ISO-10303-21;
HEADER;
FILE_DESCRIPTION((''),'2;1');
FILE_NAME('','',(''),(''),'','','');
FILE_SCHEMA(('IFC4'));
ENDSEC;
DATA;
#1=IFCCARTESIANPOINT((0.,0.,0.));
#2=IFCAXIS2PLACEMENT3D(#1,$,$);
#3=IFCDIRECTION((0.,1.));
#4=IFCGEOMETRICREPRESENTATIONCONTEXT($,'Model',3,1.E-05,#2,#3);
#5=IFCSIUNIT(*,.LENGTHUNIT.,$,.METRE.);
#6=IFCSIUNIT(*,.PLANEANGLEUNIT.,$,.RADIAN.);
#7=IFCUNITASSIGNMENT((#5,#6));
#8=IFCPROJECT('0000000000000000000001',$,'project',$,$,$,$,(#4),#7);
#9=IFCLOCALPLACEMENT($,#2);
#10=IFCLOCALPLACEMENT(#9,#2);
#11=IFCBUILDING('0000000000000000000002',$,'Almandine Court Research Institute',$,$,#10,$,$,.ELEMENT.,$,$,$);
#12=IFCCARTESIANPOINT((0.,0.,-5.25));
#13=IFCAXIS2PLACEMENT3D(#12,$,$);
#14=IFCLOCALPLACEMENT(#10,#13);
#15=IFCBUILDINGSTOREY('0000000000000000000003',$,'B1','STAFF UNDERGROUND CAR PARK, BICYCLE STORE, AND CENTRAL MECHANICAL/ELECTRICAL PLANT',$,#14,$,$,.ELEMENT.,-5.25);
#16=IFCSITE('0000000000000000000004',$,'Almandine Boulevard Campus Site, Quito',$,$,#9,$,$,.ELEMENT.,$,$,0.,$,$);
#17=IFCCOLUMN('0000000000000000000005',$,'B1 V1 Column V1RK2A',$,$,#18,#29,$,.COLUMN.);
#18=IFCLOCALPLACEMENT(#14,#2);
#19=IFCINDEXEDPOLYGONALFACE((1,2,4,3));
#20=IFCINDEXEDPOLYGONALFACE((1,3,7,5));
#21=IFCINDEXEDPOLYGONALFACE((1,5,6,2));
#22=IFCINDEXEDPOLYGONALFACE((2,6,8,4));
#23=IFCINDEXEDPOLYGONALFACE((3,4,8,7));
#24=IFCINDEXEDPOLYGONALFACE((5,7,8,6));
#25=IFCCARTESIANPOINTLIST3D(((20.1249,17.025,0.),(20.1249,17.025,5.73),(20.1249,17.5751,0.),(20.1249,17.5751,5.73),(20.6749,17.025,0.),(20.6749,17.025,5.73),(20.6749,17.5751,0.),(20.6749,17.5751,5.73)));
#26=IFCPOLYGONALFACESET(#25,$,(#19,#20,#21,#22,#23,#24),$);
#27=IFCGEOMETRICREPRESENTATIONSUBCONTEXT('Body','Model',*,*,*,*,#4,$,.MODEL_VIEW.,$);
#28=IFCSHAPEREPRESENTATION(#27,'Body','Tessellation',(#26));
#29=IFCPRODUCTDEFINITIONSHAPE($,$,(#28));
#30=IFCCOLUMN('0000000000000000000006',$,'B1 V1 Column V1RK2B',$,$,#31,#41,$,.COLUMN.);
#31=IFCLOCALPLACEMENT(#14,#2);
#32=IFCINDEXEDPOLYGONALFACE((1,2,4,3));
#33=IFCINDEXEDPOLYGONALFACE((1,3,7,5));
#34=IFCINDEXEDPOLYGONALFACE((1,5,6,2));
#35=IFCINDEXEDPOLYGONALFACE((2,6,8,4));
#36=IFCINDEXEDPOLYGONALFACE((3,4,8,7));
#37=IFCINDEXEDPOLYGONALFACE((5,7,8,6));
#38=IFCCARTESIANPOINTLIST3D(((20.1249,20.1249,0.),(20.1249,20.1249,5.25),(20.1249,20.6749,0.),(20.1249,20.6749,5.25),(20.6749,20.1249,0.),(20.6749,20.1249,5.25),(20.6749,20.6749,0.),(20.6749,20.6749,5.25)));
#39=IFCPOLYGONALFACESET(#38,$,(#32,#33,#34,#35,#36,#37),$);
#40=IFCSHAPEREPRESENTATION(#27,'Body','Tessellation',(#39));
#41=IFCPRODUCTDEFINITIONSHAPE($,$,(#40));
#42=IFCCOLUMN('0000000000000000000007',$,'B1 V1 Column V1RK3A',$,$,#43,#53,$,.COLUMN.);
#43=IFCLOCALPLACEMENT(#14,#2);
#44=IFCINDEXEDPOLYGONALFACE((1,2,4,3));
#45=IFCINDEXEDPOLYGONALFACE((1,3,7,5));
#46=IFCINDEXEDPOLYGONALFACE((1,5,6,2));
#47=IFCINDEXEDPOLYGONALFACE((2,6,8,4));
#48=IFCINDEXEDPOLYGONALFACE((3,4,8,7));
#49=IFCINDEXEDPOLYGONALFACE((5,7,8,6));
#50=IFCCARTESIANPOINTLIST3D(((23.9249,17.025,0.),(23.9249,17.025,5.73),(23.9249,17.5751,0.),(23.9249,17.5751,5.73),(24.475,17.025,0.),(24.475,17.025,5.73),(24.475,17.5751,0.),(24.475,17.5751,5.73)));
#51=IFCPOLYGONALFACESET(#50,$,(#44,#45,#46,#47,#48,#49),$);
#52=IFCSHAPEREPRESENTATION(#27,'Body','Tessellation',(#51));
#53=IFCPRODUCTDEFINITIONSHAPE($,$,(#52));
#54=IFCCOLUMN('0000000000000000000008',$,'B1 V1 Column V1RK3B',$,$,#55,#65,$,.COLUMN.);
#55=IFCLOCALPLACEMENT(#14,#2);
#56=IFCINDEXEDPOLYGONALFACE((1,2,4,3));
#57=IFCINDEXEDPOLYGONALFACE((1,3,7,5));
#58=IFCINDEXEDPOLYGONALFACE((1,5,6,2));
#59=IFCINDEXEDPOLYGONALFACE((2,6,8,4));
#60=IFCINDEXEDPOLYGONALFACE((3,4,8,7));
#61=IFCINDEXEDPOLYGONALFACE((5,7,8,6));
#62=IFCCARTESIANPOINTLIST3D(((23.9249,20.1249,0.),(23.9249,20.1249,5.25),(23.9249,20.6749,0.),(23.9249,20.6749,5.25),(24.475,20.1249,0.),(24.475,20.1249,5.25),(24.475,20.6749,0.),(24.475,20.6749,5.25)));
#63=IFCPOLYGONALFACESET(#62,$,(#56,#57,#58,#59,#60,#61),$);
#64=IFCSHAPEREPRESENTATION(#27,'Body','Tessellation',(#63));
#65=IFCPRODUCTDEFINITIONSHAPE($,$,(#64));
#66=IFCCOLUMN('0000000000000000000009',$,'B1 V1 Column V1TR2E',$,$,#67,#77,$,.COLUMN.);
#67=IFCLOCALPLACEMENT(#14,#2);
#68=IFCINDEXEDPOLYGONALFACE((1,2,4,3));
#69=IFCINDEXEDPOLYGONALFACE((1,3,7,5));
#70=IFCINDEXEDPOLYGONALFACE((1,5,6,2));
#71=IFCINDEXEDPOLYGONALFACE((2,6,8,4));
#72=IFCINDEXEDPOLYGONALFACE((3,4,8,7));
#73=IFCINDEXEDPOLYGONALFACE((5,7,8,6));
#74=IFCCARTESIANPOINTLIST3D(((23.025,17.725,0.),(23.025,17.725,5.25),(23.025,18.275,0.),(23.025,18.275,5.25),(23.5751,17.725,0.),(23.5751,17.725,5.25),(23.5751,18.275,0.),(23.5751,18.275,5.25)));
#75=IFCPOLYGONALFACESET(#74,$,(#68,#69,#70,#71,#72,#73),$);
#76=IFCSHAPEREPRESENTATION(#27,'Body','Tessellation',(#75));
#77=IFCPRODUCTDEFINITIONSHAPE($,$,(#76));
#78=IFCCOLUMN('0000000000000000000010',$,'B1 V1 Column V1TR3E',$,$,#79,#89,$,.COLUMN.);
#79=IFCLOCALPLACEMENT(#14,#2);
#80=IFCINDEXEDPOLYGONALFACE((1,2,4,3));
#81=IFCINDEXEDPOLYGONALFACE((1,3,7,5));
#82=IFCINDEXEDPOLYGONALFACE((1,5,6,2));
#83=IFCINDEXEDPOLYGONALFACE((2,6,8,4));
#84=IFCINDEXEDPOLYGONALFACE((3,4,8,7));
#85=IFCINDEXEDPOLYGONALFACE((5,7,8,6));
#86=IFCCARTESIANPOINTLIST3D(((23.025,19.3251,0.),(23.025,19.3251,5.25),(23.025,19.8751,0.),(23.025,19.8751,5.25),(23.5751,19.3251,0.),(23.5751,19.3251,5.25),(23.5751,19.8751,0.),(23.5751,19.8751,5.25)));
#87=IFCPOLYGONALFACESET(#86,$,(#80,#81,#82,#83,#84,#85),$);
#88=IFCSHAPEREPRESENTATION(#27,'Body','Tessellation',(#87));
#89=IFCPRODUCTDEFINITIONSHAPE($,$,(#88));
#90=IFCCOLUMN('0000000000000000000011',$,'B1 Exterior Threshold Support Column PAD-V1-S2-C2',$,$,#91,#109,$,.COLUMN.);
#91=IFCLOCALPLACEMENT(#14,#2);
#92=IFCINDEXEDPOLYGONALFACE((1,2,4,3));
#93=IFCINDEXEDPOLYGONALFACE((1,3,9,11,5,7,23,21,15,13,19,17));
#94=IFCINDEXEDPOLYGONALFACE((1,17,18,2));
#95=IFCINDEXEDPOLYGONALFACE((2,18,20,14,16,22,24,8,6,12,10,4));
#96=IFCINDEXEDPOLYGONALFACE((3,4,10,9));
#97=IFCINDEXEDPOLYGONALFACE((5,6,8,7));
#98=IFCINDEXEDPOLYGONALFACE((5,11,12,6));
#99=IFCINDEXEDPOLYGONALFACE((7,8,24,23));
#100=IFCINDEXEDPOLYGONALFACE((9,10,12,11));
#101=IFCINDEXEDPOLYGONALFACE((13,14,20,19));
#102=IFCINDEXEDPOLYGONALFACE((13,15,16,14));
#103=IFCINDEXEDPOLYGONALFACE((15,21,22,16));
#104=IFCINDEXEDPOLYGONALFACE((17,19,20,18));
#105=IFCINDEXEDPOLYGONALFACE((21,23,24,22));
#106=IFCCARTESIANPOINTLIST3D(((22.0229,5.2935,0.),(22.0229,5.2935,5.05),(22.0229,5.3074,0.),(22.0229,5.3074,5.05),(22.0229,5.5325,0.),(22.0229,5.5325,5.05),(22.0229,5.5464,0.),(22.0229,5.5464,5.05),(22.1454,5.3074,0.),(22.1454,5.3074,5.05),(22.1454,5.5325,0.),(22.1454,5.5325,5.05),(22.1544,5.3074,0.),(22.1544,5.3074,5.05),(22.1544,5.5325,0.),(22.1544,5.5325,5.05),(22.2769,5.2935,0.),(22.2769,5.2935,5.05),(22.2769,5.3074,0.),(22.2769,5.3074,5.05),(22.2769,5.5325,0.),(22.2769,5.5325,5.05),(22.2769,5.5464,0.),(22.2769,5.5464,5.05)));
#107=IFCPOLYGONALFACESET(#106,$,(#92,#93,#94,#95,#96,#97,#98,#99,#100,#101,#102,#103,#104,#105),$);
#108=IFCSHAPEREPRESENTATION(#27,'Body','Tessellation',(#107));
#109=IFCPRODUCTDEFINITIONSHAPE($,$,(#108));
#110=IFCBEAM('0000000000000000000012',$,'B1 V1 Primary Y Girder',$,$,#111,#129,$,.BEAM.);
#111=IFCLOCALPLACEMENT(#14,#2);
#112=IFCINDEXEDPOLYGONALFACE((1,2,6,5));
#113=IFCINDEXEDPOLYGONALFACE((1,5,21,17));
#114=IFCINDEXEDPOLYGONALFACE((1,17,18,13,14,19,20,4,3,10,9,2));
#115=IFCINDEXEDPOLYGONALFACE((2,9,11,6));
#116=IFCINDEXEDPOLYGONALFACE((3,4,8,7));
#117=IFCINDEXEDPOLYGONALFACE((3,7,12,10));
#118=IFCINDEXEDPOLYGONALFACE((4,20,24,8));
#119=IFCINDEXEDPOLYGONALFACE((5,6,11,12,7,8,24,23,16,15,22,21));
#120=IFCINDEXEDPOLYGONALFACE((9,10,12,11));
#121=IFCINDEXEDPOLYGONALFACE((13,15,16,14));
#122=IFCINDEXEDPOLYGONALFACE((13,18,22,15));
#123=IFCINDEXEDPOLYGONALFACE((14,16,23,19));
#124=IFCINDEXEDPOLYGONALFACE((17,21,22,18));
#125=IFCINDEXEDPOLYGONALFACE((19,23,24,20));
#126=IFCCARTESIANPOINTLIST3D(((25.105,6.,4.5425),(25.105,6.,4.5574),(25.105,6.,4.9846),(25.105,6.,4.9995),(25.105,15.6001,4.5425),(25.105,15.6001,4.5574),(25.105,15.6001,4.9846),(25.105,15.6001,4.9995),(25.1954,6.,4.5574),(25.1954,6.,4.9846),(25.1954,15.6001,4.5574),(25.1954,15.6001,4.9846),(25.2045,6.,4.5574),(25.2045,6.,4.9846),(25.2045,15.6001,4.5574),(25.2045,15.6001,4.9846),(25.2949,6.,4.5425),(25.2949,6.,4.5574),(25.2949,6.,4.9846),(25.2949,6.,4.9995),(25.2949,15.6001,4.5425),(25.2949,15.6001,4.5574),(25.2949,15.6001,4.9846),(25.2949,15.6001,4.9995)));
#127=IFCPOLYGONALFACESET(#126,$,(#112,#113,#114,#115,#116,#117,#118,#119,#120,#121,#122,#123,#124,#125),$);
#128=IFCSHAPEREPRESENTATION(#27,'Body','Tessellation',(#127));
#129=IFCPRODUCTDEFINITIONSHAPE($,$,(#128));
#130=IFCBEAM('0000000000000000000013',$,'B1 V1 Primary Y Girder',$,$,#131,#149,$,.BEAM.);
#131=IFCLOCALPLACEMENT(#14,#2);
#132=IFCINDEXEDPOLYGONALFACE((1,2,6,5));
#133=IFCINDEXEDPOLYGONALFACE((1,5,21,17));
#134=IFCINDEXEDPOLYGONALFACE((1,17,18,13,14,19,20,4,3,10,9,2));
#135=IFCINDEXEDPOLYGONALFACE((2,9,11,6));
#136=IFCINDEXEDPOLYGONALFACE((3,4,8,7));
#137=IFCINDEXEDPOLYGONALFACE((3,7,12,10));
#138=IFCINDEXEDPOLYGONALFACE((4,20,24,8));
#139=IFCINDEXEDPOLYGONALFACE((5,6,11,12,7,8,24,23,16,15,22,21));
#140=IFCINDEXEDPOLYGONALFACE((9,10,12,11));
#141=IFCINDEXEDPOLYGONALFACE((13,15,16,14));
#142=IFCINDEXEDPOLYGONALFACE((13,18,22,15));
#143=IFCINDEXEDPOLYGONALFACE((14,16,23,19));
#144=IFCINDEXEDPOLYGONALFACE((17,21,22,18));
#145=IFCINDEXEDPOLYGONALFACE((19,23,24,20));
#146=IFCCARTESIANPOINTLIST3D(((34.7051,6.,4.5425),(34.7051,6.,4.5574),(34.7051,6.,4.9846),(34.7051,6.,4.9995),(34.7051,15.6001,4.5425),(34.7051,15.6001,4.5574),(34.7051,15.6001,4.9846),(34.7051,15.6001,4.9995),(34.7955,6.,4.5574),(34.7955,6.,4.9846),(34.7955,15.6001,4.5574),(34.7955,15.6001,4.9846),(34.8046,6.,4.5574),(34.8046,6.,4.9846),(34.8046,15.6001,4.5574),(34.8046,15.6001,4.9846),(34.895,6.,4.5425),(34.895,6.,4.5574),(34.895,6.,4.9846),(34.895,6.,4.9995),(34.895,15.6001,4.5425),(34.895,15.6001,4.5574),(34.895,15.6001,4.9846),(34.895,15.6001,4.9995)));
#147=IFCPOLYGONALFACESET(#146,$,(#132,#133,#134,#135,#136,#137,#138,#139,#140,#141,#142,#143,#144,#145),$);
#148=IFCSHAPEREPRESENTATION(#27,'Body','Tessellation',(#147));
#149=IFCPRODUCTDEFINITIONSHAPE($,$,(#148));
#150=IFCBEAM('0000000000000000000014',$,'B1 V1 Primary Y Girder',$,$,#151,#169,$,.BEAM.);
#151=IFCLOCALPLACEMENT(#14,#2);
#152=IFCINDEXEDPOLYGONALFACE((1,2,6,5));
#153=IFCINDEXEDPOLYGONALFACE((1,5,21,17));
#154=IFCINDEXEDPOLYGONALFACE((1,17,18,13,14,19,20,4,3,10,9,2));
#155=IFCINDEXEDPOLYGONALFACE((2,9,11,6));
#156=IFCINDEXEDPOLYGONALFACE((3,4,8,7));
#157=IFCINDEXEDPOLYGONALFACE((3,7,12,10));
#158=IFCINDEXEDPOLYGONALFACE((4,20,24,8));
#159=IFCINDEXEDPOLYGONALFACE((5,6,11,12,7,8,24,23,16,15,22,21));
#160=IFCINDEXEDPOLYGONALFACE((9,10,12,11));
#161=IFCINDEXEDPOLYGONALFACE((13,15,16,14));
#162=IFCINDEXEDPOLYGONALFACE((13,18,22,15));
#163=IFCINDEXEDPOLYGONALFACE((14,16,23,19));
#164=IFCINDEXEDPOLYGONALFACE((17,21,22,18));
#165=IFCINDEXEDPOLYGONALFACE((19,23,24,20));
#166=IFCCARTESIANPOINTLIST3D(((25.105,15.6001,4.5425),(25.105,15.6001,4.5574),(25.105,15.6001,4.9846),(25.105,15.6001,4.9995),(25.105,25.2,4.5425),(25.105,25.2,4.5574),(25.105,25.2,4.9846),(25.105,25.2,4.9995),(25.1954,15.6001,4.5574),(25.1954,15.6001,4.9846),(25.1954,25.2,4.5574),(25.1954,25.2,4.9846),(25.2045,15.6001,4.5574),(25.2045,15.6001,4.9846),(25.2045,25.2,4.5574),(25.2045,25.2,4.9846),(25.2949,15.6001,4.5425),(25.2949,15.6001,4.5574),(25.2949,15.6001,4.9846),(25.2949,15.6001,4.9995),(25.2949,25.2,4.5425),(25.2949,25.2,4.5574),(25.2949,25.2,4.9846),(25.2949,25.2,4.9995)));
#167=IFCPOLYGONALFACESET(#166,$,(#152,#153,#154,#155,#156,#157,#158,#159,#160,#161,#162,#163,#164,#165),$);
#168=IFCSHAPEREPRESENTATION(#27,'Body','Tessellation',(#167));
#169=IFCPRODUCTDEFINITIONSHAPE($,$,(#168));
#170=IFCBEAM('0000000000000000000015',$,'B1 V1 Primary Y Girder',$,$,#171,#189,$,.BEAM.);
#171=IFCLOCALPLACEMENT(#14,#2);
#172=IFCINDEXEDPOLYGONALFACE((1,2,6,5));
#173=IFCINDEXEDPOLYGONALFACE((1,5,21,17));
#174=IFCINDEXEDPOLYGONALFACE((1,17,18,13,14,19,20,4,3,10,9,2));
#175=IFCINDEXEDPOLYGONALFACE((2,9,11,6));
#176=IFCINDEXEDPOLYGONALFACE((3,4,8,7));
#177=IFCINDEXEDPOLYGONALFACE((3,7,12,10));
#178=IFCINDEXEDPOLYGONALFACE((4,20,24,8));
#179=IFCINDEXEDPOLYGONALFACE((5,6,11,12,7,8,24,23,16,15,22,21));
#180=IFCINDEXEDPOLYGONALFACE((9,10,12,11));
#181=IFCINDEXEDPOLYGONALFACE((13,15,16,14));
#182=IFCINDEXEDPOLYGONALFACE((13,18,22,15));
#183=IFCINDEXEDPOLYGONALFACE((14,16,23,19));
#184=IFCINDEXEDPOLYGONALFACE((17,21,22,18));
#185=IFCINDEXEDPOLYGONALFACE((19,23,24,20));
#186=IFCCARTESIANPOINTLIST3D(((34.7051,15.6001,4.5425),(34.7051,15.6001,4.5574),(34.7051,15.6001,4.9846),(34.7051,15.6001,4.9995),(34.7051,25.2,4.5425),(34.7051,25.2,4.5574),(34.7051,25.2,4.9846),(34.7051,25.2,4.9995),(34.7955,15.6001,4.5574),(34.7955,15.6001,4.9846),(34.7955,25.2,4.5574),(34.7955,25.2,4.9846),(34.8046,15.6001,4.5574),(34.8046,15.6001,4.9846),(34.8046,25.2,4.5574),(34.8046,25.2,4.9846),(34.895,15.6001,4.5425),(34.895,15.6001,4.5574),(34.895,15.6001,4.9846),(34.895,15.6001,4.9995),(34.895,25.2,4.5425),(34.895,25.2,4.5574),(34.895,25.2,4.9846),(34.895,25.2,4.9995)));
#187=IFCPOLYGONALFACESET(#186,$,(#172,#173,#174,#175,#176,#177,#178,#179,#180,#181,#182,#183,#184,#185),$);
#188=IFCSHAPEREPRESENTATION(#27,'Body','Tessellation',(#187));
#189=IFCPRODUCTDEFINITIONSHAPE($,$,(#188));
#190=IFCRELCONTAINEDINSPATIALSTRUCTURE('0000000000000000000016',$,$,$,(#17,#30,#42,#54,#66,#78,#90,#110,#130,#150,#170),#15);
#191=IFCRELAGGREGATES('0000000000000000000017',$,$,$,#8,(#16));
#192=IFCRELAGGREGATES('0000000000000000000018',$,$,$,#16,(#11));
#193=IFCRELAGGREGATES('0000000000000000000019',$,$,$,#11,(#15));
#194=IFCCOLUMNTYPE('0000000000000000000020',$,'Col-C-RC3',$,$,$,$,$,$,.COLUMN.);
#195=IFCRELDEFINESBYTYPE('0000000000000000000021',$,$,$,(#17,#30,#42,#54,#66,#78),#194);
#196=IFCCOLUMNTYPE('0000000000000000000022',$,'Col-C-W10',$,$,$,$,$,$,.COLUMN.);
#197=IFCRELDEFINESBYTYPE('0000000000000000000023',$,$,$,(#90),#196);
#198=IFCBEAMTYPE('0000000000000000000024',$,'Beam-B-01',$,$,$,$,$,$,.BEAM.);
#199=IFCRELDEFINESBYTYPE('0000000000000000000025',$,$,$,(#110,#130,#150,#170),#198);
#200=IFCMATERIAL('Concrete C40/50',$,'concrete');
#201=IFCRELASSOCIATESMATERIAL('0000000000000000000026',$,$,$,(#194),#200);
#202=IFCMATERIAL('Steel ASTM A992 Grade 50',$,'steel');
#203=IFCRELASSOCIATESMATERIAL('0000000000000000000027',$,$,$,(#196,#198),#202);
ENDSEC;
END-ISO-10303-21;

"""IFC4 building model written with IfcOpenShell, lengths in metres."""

from ifc_helpers import new_model, si_unit, direction, frame, origin, origin_2d, place, context, subcontext, project, spatial, rectangle, i_section, extrude, material, material_profile, profile_set, type_object, element, save


model = new_model("IFC4")

# Units and contexts
model_context = context("Model", 3, precision=1e-05, world=origin(), true_north=direction((0.0, 1.0)))
body_context = subcontext(model_context, "Body", "Model", "MODEL_VIEW")
ifc_project = project(units=[si_unit("LENGTHUNIT", "METRE"), si_unit("PLANEANGLEUNIT", "RADIAN")], contexts=[model_context])

# Site, building, storey
site_placement = place(None, origin())
site = spatial("IfcSite", under=ifc_project, at=site_placement, Name="Almandine Boulevard Campus Site, Quito", CompositionType="ELEMENT", RefElevation=0.0)
building_placement = place(site_placement, origin())
building = spatial("IfcBuilding", under=site, at=building_placement, Name="Almandine Court Research Institute", CompositionType="ELEMENT")
storey_placement = place(building_placement, frame((0.0, 0.0, -5.25)))
storey = spatial("IfcBuildingStorey", under=building, at=storey_placement, Name="B1", Description="STAFF UNDERGROUND CAR PARK, BICYCLE STORE, AND CENTRAL MECHANICAL/ELECTRICAL PLANT", CompositionType="ELEMENT", Elevation=-5.25)

# Columns
ifc_material_1 = material(Name="Concrete C40/50", Category="concrete")
ifc_material_profile_1 = material_profile(ifc_material_1, rectangle(XDim=0.55, YDim=0.55, at=origin_2d()), Name="RC 550x550")
ifc_profile_set_1 = profile_set([ifc_material_profile_1], Name="Concrete C40/50")
column_type_1 = type_object("IfcColumnType", Name="Col-C-RC3", PredefinedType="COLUMN", material=ifc_profile_set_1)
column_1_placement = place(storey_placement, frame((20.3999, 17.3, 0.0), z_axis=(0.0, 0.0, 1.0), x_axis=(1.0, 0.0, 0.0)))
element("IfcColumn", 1, at=column_1_placement, inside=storey, type_object=column_type_1, Name="B1 V1 Column V1RK2A", PredefinedType="COLUMN", context=body_context, shape_type="SweptSolid", body=[
    extrude(rectangle(XDim=0.55, YDim=0.55, at=origin_2d()), origin(), (0.0, 0.0, 1.0), 5.73),
])
column_2_placement = place(storey_placement, frame((20.3999, 20.3999, 0.0), z_axis=(0.0, 0.0, 1.0), x_axis=(1.0, 0.0, 0.0)))
element("IfcColumn", 2, at=column_2_placement, inside=storey, type_object=column_type_1, Name="B1 V1 Column V1RK2B", PredefinedType="COLUMN", context=body_context, shape_type="SweptSolid", body=[
    extrude(rectangle(XDim=0.55, YDim=0.55, at=origin_2d()), origin(), (0.0, 0.0, 1.0), 5.25),
])
column_3_placement = place(storey_placement, frame((24.2, 17.3, 0.0), z_axis=(0.0, 0.0, 1.0), x_axis=(1.0, 0.0, 0.0)))
element("IfcColumn", 3, at=column_3_placement, inside=storey, type_object=column_type_1, Name="B1 V1 Column V1RK3A", PredefinedType="COLUMN", context=body_context, shape_type="SweptSolid", body=[
    extrude(rectangle(XDim=0.55, YDim=0.55, at=origin_2d()), origin(), (0.0, 0.0, 1.0), 5.73),
])
for number, where, z_axis, x_axis, name in (
    (4, (24.2, 20.3999, 0.0), (0.0, 0.0, 1.0), (1.0, 0.0, 0.0), "B1 V1 Column V1RK3B"),
    (5, (23.3, 18.0, 0.0), (0.0, 0.0, 1.0), (1.0, 0.0, 0.0), "B1 V1 Column V1TR2E"),
    (6, (23.3, 19.6001, 0.0), (0.0, 0.0, 1.0), (1.0, 0.0, 0.0), "B1 V1 Column V1TR3E"),
):
    element("IfcColumn", number, at=place(storey_placement, frame(where, z_axis=z_axis, x_axis=x_axis)), inside=storey, type_object=column_type_1, Name=name, PredefinedType="COLUMN", context=body_context, shape_type="SweptSolid", body=[
        extrude(rectangle(XDim=0.55, YDim=0.55, at=origin_2d()), origin(), (0.0, 0.0, 1.0), 5.25),
    ])
ifc_material_2 = material(Name="Steel ASTM A992 Grade 50", Category="steel")
ifc_material_profile_2 = material_profile(ifc_material_2, i_section(OverallWidth=0.2539, OverallDepth=0.2529, WebThickness=0.009, FlangeThickness=0.0139, at=origin_2d()), Name="W250x73")
ifc_profile_set_2 = profile_set([ifc_material_profile_2], Name="Steel ASTM A992 Grade 50")
column_type_2 = type_object("IfcColumnType", Name="Col-C-W10", PredefinedType="COLUMN", material=ifc_profile_set_2)
column_4_placement = place(storey_placement, frame((22.1499, 5.4199, 0.0), z_axis=(0.0, 0.0, 1.0), x_axis=(1.0, 0.0, 0.0)))
element("IfcColumn", 7, at=column_4_placement, inside=storey, type_object=column_type_2, Name="B1 Exterior Threshold Support Column PAD-V1-S2-C2", PredefinedType="COLUMN", context=body_context, shape_type="SweptSolid", body=[
    extrude(i_section(OverallWidth=0.2539, OverallDepth=0.2529, WebThickness=0.009, FlangeThickness=0.0139, at=origin_2d()), origin(), (0.0, 0.0, 1.0), 5.05),
])

# Beams
ifc_material_profile_3 = material_profile(ifc_material_2, i_section(OverallWidth=0.1899, OverallDepth=0.457, WebThickness=0.009, FlangeThickness=0.0149, at=origin_2d()), Name="W460x74")
ifc_profile_set_3 = profile_set([ifc_material_profile_3], Name="Steel ASTM A992 Grade 50")
beam_type_1 = type_object("IfcBeamType", Name="Beam-B-01", PredefinedType="BEAM", material=ifc_profile_set_3)
for number, where, z_axis, x_axis, name in (
    (8, (25.2, 6.0, 4.771), (0.0, 1.0, 0.0), (-1.0, 0.0, 0.0), "B1 V1 Primary Y Girder"),
    (9, (34.8, 6.0, 4.771), (0.0, 1.0, 0.0), (-1.0, 0.0, 0.0), "B1 V1 Primary Y Girder"),
):
    element("IfcBeam", number, at=place(storey_placement, frame(where, z_axis=z_axis, x_axis=x_axis)), inside=storey, type_object=beam_type_1, Name=name, PredefinedType="BEAM", context=body_context, shape_type="SweptSolid", body=[
        extrude(i_section(OverallWidth=0.1899, OverallDepth=0.457, WebThickness=0.009, FlangeThickness=0.0149, at=origin_2d()), origin(), (0.0, 0.0, 1.0), 9.6001),
    ])
for number, where, z_axis, x_axis, name in (
    (10, (25.2, 15.6001, 4.771), (0.0, 1.0, 0.0), (-1.0, 0.0, 0.0), "B1 V1 Primary Y Girder"),
    (11, (34.8, 15.6001, 4.771), (0.0, 1.0, 0.0), (-1.0, 0.0, 0.0), "B1 V1 Primary Y Girder"),
):
    element("IfcBeam", number, at=place(storey_placement, frame(where, z_axis=z_axis, x_axis=x_axis)), inside=storey, type_object=beam_type_1, Name=name, PredefinedType="BEAM", context=body_context, shape_type="SweptSolid", body=[
        extrude(i_section(OverallWidth=0.1899, OverallDepth=0.457, WebThickness=0.009, FlangeThickness=0.0149, at=origin_2d()), origin(), (0.0, 0.0, 1.0), 9.5999),
    ])

save(model, "model.ifc")
